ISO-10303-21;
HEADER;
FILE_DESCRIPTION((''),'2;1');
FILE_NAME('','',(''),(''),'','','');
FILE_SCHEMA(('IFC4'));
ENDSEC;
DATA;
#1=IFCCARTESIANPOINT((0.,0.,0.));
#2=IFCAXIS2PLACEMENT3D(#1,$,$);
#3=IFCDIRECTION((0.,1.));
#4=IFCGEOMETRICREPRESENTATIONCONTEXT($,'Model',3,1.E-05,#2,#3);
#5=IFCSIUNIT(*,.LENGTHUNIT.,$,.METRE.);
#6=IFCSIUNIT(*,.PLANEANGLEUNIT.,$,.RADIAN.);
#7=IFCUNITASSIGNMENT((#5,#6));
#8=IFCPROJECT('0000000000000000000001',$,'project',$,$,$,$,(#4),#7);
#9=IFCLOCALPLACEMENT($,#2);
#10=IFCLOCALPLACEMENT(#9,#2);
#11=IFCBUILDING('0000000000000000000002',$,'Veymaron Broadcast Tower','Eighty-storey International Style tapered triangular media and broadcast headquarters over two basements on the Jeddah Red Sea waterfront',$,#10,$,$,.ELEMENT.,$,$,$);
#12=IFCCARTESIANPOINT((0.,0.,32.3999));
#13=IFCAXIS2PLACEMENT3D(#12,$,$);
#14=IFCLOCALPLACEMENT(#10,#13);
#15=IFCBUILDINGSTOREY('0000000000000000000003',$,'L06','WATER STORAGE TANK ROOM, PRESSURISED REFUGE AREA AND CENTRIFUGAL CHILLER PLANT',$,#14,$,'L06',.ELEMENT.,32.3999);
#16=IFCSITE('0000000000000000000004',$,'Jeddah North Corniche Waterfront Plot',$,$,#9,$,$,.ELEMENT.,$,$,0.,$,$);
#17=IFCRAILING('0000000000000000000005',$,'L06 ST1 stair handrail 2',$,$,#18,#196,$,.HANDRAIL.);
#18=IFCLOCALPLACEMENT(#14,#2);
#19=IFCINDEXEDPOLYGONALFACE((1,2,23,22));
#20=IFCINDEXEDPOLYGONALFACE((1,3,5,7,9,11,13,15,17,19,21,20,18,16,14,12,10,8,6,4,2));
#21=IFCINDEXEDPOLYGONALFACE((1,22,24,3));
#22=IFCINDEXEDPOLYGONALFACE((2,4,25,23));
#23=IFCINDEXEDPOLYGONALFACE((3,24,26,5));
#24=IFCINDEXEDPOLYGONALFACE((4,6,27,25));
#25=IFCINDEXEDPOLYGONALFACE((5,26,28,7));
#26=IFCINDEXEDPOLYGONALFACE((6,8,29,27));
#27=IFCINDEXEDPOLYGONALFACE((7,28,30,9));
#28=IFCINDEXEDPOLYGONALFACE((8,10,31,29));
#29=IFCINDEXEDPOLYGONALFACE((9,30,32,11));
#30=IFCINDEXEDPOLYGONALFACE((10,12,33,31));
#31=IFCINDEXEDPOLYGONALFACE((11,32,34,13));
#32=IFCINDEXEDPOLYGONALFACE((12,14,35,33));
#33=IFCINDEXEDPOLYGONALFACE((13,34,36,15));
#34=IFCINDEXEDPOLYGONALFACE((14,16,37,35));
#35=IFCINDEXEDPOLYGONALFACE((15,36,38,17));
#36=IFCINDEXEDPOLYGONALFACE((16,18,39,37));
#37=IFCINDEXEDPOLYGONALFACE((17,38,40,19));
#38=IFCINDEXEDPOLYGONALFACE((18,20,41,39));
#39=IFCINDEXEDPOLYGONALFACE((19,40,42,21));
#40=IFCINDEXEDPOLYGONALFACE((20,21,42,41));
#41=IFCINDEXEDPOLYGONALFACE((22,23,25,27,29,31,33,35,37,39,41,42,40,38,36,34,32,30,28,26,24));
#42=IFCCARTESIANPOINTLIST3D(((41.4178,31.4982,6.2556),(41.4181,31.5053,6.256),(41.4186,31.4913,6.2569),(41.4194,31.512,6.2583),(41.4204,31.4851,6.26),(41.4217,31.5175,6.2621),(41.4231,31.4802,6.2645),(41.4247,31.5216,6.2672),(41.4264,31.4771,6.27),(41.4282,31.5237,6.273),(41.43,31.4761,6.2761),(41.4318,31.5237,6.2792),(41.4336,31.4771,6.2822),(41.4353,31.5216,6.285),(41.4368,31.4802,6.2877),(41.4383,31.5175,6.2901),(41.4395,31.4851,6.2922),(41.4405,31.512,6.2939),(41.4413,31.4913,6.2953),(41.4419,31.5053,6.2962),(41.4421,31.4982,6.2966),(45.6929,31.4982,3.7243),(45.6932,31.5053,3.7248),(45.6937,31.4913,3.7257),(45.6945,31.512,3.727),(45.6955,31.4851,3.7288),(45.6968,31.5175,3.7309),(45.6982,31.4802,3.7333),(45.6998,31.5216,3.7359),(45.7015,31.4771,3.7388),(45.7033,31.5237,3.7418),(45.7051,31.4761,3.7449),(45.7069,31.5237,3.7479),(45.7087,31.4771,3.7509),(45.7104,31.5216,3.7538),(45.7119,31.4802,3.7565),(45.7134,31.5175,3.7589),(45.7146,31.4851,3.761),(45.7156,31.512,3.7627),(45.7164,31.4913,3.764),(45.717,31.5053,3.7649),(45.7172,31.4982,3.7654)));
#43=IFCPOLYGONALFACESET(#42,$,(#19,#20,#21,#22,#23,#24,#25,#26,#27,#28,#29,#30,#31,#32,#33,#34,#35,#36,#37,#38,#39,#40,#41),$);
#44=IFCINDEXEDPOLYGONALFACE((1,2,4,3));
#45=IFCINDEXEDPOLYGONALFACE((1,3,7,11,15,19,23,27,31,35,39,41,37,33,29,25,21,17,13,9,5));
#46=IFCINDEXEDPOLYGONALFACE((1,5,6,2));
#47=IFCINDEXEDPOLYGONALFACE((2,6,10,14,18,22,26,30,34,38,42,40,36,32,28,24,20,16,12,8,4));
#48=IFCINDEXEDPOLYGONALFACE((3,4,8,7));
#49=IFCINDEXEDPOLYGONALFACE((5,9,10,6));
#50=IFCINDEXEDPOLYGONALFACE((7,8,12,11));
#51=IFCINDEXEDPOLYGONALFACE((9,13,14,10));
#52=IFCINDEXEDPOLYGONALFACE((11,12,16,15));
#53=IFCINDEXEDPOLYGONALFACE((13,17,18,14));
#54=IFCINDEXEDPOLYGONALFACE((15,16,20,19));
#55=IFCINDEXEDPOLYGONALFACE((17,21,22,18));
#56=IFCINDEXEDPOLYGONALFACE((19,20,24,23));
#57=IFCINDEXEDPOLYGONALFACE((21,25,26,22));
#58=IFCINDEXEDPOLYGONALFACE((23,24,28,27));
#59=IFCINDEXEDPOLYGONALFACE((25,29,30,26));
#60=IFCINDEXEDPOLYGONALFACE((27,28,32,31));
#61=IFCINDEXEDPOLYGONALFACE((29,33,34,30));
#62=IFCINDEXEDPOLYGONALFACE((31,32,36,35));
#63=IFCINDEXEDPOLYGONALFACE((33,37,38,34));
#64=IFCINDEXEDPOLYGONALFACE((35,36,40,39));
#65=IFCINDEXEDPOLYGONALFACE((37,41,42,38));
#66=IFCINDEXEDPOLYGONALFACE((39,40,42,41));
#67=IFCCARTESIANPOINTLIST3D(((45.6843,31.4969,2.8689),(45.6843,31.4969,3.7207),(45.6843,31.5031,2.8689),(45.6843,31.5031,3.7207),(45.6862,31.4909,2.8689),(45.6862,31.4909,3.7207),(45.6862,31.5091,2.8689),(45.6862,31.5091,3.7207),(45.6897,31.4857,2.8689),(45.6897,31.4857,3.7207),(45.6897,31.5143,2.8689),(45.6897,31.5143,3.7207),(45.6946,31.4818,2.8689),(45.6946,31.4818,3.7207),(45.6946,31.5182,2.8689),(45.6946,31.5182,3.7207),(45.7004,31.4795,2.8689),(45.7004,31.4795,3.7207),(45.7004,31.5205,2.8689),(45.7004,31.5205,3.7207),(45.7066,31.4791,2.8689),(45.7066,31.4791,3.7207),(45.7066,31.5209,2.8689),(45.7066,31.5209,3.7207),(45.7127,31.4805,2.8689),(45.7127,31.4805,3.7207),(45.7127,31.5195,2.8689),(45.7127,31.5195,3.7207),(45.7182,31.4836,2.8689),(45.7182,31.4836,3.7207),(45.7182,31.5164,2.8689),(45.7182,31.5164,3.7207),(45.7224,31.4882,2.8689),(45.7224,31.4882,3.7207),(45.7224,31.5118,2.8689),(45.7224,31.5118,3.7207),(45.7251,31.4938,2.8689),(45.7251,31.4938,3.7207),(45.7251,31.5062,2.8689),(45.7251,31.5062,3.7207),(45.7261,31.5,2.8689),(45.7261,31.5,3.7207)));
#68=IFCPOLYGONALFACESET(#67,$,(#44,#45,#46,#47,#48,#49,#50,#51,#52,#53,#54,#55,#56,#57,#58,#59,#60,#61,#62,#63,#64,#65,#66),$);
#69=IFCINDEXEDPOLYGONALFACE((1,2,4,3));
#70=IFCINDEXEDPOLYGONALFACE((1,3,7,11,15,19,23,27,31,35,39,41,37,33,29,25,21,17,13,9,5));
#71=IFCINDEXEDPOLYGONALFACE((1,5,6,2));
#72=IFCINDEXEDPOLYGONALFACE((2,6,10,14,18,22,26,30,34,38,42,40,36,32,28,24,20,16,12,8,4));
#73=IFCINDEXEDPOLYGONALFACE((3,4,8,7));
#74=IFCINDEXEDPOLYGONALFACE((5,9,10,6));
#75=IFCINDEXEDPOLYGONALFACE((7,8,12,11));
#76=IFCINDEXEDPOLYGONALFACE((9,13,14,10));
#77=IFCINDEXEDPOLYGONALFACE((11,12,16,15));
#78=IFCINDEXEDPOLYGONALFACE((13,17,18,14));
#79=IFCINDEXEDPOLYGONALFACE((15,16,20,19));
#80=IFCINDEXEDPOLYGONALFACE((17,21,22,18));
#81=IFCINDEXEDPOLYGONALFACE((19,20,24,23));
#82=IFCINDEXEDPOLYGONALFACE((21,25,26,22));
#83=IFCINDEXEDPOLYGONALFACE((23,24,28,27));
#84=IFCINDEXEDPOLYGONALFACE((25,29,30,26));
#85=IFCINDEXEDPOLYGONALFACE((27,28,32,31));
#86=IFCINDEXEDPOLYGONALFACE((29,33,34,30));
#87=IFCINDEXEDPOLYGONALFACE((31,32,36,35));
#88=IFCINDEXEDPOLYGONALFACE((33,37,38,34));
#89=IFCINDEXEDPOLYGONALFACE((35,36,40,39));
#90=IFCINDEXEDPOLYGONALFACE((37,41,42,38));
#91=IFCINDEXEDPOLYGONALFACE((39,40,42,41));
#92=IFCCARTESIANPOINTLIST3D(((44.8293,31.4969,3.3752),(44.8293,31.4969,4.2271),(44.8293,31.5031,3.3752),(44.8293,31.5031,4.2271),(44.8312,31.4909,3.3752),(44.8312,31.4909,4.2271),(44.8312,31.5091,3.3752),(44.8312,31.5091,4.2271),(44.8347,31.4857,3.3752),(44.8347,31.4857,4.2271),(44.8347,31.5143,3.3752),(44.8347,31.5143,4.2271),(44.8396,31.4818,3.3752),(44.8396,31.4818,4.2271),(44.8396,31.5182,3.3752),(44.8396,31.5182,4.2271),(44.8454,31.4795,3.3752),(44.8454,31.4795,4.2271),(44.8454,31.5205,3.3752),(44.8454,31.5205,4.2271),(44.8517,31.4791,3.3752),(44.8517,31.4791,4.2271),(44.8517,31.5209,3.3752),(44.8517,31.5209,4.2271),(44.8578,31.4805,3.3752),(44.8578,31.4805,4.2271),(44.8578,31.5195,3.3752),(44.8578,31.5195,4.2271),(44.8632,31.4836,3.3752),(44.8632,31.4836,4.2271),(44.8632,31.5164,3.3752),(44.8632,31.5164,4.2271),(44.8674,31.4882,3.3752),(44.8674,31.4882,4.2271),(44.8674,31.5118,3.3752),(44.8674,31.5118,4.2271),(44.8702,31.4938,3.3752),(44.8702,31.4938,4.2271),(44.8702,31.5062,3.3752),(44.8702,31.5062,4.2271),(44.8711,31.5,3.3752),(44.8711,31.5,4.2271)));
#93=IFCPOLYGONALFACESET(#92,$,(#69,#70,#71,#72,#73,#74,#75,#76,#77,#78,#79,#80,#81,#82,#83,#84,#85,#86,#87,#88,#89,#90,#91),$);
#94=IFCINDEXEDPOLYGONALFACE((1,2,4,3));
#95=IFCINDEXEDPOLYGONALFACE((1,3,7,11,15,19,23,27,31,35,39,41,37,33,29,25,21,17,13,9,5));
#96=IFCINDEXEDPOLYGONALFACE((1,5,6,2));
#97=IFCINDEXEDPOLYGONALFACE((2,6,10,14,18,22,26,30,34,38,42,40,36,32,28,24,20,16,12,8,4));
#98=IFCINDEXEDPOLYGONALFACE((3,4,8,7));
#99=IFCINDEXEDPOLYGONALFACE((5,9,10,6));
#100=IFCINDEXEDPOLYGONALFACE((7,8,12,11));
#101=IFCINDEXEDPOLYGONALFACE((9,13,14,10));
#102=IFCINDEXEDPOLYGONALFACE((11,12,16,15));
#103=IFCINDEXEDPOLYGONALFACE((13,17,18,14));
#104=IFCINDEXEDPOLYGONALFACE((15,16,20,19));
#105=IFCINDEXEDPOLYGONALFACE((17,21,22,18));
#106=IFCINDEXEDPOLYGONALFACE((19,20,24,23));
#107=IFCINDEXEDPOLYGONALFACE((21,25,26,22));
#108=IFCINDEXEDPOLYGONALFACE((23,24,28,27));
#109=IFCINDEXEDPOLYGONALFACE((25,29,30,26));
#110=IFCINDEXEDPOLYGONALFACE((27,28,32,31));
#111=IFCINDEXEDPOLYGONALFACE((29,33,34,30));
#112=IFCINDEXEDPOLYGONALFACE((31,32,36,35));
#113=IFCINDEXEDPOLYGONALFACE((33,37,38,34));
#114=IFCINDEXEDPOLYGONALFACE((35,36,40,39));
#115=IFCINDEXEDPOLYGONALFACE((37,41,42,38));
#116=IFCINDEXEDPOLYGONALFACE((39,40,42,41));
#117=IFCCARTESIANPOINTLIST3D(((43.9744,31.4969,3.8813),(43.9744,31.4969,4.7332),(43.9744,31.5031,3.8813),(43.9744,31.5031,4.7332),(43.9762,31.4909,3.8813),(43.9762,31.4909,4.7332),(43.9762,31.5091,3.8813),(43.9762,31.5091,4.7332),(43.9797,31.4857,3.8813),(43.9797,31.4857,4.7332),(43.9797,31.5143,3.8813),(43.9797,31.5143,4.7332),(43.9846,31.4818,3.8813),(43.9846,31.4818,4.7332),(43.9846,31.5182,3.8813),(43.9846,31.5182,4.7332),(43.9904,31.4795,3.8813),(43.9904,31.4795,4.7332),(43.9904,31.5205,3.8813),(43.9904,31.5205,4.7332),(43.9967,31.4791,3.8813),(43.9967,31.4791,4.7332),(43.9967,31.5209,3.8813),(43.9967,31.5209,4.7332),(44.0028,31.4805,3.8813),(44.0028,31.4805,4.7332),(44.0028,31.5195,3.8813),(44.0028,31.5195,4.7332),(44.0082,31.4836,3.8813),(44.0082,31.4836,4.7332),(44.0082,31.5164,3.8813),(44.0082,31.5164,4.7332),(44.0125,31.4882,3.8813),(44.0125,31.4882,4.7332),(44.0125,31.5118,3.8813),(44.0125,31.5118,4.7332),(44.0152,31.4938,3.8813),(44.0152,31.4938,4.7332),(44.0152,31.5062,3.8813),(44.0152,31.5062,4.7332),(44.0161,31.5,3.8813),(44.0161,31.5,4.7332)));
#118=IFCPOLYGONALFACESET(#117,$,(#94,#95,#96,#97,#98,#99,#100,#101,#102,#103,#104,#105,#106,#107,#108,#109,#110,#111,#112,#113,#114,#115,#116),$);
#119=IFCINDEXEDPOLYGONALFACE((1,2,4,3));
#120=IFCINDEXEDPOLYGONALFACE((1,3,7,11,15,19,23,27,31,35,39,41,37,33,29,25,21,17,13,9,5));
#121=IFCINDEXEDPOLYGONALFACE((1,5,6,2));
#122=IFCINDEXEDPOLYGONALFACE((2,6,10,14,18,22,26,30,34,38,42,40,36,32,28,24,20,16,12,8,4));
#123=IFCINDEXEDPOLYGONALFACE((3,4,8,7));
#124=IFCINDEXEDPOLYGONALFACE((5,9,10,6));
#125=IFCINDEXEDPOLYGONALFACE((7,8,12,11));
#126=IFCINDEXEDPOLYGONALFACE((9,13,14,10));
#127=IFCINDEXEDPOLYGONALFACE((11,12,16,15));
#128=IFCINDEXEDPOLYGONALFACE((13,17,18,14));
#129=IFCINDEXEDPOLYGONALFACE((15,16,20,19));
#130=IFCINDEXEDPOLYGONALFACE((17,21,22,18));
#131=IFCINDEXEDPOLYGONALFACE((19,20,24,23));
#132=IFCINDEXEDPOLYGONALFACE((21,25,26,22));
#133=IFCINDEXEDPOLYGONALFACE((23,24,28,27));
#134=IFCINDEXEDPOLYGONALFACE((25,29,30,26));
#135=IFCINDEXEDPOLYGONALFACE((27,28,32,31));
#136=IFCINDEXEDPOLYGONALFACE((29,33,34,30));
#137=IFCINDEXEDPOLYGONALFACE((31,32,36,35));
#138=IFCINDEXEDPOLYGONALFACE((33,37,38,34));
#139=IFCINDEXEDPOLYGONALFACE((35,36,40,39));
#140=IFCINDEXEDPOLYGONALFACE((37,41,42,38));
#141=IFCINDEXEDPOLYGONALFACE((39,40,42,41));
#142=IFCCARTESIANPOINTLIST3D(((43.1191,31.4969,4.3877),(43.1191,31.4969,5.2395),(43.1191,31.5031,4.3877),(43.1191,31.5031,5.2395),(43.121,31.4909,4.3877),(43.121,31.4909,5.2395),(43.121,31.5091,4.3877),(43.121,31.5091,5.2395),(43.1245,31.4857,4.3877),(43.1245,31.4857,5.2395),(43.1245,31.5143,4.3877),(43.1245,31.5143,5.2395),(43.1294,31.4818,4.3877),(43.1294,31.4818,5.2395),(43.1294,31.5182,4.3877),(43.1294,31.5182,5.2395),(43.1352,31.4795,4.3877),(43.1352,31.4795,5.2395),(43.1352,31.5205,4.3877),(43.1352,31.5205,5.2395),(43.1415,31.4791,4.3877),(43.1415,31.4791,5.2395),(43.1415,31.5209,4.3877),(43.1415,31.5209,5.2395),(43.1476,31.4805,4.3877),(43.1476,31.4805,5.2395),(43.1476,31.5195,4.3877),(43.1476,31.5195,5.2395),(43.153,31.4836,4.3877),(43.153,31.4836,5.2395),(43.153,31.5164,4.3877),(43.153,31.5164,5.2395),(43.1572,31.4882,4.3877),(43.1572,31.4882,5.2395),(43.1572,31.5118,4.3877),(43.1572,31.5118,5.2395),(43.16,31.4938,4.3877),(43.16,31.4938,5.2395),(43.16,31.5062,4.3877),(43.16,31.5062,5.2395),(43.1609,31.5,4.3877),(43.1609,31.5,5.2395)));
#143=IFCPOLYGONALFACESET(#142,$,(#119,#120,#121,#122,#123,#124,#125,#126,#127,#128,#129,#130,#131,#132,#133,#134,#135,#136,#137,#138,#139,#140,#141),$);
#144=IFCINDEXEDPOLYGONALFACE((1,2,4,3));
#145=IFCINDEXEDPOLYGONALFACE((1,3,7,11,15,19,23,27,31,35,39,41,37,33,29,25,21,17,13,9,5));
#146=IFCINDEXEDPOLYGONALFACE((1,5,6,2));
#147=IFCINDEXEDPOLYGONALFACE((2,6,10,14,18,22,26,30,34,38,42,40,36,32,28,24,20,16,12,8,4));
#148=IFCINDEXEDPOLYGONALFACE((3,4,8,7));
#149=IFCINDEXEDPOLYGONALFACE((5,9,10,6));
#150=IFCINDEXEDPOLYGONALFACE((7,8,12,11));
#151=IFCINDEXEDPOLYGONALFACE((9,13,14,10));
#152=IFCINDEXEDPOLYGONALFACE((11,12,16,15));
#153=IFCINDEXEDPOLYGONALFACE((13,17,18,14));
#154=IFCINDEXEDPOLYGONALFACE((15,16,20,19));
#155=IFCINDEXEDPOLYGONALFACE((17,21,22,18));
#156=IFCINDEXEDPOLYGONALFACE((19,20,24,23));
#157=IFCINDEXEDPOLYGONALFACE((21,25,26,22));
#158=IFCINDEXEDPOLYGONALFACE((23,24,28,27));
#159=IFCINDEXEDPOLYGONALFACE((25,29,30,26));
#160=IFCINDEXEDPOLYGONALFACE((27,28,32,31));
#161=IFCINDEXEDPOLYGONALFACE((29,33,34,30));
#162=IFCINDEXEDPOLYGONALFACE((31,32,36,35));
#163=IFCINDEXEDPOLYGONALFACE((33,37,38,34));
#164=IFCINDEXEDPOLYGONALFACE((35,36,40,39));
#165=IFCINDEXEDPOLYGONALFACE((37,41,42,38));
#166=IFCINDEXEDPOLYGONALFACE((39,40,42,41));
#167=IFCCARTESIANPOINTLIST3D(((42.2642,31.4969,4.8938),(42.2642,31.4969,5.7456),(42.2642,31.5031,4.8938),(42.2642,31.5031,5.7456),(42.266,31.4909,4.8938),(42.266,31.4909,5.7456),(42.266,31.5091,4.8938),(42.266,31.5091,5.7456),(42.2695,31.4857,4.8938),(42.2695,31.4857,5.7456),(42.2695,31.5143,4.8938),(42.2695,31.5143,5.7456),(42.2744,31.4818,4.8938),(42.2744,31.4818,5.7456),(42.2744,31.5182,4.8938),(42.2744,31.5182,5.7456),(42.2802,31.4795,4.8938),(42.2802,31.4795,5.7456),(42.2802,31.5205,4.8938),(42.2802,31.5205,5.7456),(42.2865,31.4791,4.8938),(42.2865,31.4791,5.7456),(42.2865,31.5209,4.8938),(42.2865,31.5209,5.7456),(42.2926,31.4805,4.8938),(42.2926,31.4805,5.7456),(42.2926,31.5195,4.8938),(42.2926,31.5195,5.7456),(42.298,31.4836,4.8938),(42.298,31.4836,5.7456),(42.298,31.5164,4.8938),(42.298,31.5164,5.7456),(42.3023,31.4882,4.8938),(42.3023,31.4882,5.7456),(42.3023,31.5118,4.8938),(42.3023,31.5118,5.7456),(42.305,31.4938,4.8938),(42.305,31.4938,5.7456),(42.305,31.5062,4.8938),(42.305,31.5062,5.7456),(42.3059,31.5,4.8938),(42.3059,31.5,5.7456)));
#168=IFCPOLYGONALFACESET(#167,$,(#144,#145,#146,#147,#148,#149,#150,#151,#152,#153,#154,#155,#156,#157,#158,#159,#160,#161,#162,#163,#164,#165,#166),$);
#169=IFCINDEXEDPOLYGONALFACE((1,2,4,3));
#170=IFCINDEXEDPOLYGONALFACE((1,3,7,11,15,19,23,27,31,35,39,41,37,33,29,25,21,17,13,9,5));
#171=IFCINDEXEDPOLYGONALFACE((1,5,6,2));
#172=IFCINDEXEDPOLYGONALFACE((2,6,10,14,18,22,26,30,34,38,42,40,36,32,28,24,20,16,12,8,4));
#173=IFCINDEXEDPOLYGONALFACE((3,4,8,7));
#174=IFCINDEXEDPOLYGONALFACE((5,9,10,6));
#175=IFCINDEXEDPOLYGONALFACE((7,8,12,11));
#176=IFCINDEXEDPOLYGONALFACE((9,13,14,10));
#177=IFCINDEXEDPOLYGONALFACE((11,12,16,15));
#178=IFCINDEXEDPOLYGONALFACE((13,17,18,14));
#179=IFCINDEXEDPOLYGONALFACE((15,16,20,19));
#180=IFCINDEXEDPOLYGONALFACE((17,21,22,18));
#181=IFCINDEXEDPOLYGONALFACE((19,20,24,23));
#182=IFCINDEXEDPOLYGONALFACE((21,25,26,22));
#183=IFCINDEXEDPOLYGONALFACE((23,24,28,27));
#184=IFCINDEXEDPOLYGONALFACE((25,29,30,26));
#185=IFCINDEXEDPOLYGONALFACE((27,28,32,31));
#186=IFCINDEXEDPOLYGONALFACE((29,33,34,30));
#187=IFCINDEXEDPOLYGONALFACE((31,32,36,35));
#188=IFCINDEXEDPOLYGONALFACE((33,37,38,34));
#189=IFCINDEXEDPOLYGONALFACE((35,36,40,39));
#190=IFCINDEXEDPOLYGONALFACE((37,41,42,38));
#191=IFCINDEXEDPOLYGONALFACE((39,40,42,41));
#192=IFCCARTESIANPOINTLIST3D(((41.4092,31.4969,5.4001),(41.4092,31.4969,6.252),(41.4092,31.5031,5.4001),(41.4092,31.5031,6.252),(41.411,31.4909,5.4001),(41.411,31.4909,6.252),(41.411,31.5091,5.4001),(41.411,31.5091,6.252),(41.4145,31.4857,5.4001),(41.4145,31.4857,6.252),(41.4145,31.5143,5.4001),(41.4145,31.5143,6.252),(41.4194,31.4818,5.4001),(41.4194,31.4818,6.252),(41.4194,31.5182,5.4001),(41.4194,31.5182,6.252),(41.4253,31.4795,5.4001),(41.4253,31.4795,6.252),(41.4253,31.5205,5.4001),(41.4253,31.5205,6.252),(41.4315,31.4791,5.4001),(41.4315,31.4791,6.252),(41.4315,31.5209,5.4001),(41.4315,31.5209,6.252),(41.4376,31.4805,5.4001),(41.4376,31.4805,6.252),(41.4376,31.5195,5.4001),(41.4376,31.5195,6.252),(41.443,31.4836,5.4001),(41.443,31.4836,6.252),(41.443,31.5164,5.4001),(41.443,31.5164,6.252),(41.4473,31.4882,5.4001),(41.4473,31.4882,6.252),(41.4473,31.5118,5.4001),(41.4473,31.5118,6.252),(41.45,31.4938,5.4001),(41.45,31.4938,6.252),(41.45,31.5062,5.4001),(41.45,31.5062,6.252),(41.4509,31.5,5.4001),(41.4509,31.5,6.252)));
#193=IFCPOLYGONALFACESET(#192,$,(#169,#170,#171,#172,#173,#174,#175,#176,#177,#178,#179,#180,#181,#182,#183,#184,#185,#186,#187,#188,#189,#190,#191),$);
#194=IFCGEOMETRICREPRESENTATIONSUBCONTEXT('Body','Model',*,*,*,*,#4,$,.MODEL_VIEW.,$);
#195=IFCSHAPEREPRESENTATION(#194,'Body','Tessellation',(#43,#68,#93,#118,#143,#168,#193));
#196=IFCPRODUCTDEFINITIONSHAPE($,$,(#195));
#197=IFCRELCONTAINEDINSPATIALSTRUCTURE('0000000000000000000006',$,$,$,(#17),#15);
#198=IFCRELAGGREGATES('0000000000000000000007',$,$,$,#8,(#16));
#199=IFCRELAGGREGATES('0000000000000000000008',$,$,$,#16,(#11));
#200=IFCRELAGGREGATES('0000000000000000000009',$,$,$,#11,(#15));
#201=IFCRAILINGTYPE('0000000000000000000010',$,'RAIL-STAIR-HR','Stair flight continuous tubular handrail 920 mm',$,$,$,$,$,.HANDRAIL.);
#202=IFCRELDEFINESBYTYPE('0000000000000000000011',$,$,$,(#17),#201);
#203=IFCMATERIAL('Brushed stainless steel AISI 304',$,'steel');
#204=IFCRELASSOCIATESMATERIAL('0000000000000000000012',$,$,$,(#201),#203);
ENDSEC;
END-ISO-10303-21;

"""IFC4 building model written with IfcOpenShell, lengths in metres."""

from ifc_helpers import new_model, si_unit, direction, frame, origin, origin_2d, place, context, subcontext, project, spatial, circle, extrude, material, type_object, element, save


model = new_model("IFC4")

# Units and contexts
model_context = context("Model", 3, precision=1e-05, world=origin(), true_north=direction((0.0, 1.0)))
body_context = subcontext(model_context, "Body", "Model", "MODEL_VIEW")
ifc_project = project(units=[si_unit("LENGTHUNIT", "METRE"), si_unit("PLANEANGLEUNIT", "RADIAN")], contexts=[model_context])

# Site, building, storey
site_placement = place(None, origin())
site = spatial("IfcSite", under=ifc_project, at=site_placement, Name="Jeddah North Corniche Waterfront Plot", CompositionType="ELEMENT", RefElevation=0.0)
building_placement = place(site_placement, origin())
building = spatial("IfcBuilding", under=site, at=building_placement, Name="Veymaron Broadcast Tower", Description="Eighty-storey International Style tapered triangular media and broadcast headquarters over two basements on the Jeddah Red Sea waterfront", CompositionType="ELEMENT")
storey_placement = place(building_placement, frame((0.0, 0.0, 32.3999)))
storey = spatial("IfcBuildingStorey", under=building, at=storey_placement, Name="L06", Description="WATER STORAGE TANK ROOM, PRESSURISED REFUGE AREA AND CENTRIFUGAL CHILLER PLANT", LongName="L06", CompositionType="ELEMENT", Elevation=32.3999)

# Railing
ifc_material_1 = material(Name="Brushed stainless steel AISI 304", Category="steel")
railing_type = type_object("IfcRailingType", Name="RAIL-STAIR-HR", Description="Stair flight continuous tubular handrail 920 mm", PredefinedType="HANDRAIL", material=ifc_material_1)
railing_placement = place(storey_placement, frame((45.7051, 31.5, 2.8689)))
element("IfcRailing", 1, at=railing_placement, inside=storey, type_object=railing_type, Name="L06 ST1 stair handrail 2", PredefinedType="HANDRAIL", context=body_context, shape_type="SweptSolid", body=[
    extrude(circle(Radius=0.0239, at=origin_2d()), frame((0.0, 0.0, 0.876), z_axis=(-0.860483, 0.0, 0.509479), x_axis=(0.0, -1.0, 0.0)), (0.0, 0.0, 1.0), 4.9683),
    extrude(circle(Radius=0.021, at=origin_2d()), origin(), (0.0, 0.0, 1.0), 0.8518),
    extrude(circle(Radius=0.021, at=origin_2d()), frame((-0.855, 0.0, 0.5063)), (0.0, 0.0, 1.0), 0.8518),
    extrude(circle(Radius=0.021, at=origin_2d()), frame((-1.71, 0.0, 1.0125)), (0.0, 0.0, 1.0), 0.8518),
    extrude(circle(Radius=0.021, at=origin_2d()), frame((-2.5652, 0.0, 1.5188)), (0.0, 0.0, 1.0), 0.8518),
    extrude(circle(Radius=0.021, at=origin_2d()), frame((-3.4202, 0.0, 2.0249)), (0.0, 0.0, 1.0), 0.8518),
    extrude(circle(Radius=0.021, at=origin_2d()), frame((-4.2751, 0.0, 2.5312)), (0.0, 0.0, 1.0), 0.8518),
])

save(model, "model.ifc")
